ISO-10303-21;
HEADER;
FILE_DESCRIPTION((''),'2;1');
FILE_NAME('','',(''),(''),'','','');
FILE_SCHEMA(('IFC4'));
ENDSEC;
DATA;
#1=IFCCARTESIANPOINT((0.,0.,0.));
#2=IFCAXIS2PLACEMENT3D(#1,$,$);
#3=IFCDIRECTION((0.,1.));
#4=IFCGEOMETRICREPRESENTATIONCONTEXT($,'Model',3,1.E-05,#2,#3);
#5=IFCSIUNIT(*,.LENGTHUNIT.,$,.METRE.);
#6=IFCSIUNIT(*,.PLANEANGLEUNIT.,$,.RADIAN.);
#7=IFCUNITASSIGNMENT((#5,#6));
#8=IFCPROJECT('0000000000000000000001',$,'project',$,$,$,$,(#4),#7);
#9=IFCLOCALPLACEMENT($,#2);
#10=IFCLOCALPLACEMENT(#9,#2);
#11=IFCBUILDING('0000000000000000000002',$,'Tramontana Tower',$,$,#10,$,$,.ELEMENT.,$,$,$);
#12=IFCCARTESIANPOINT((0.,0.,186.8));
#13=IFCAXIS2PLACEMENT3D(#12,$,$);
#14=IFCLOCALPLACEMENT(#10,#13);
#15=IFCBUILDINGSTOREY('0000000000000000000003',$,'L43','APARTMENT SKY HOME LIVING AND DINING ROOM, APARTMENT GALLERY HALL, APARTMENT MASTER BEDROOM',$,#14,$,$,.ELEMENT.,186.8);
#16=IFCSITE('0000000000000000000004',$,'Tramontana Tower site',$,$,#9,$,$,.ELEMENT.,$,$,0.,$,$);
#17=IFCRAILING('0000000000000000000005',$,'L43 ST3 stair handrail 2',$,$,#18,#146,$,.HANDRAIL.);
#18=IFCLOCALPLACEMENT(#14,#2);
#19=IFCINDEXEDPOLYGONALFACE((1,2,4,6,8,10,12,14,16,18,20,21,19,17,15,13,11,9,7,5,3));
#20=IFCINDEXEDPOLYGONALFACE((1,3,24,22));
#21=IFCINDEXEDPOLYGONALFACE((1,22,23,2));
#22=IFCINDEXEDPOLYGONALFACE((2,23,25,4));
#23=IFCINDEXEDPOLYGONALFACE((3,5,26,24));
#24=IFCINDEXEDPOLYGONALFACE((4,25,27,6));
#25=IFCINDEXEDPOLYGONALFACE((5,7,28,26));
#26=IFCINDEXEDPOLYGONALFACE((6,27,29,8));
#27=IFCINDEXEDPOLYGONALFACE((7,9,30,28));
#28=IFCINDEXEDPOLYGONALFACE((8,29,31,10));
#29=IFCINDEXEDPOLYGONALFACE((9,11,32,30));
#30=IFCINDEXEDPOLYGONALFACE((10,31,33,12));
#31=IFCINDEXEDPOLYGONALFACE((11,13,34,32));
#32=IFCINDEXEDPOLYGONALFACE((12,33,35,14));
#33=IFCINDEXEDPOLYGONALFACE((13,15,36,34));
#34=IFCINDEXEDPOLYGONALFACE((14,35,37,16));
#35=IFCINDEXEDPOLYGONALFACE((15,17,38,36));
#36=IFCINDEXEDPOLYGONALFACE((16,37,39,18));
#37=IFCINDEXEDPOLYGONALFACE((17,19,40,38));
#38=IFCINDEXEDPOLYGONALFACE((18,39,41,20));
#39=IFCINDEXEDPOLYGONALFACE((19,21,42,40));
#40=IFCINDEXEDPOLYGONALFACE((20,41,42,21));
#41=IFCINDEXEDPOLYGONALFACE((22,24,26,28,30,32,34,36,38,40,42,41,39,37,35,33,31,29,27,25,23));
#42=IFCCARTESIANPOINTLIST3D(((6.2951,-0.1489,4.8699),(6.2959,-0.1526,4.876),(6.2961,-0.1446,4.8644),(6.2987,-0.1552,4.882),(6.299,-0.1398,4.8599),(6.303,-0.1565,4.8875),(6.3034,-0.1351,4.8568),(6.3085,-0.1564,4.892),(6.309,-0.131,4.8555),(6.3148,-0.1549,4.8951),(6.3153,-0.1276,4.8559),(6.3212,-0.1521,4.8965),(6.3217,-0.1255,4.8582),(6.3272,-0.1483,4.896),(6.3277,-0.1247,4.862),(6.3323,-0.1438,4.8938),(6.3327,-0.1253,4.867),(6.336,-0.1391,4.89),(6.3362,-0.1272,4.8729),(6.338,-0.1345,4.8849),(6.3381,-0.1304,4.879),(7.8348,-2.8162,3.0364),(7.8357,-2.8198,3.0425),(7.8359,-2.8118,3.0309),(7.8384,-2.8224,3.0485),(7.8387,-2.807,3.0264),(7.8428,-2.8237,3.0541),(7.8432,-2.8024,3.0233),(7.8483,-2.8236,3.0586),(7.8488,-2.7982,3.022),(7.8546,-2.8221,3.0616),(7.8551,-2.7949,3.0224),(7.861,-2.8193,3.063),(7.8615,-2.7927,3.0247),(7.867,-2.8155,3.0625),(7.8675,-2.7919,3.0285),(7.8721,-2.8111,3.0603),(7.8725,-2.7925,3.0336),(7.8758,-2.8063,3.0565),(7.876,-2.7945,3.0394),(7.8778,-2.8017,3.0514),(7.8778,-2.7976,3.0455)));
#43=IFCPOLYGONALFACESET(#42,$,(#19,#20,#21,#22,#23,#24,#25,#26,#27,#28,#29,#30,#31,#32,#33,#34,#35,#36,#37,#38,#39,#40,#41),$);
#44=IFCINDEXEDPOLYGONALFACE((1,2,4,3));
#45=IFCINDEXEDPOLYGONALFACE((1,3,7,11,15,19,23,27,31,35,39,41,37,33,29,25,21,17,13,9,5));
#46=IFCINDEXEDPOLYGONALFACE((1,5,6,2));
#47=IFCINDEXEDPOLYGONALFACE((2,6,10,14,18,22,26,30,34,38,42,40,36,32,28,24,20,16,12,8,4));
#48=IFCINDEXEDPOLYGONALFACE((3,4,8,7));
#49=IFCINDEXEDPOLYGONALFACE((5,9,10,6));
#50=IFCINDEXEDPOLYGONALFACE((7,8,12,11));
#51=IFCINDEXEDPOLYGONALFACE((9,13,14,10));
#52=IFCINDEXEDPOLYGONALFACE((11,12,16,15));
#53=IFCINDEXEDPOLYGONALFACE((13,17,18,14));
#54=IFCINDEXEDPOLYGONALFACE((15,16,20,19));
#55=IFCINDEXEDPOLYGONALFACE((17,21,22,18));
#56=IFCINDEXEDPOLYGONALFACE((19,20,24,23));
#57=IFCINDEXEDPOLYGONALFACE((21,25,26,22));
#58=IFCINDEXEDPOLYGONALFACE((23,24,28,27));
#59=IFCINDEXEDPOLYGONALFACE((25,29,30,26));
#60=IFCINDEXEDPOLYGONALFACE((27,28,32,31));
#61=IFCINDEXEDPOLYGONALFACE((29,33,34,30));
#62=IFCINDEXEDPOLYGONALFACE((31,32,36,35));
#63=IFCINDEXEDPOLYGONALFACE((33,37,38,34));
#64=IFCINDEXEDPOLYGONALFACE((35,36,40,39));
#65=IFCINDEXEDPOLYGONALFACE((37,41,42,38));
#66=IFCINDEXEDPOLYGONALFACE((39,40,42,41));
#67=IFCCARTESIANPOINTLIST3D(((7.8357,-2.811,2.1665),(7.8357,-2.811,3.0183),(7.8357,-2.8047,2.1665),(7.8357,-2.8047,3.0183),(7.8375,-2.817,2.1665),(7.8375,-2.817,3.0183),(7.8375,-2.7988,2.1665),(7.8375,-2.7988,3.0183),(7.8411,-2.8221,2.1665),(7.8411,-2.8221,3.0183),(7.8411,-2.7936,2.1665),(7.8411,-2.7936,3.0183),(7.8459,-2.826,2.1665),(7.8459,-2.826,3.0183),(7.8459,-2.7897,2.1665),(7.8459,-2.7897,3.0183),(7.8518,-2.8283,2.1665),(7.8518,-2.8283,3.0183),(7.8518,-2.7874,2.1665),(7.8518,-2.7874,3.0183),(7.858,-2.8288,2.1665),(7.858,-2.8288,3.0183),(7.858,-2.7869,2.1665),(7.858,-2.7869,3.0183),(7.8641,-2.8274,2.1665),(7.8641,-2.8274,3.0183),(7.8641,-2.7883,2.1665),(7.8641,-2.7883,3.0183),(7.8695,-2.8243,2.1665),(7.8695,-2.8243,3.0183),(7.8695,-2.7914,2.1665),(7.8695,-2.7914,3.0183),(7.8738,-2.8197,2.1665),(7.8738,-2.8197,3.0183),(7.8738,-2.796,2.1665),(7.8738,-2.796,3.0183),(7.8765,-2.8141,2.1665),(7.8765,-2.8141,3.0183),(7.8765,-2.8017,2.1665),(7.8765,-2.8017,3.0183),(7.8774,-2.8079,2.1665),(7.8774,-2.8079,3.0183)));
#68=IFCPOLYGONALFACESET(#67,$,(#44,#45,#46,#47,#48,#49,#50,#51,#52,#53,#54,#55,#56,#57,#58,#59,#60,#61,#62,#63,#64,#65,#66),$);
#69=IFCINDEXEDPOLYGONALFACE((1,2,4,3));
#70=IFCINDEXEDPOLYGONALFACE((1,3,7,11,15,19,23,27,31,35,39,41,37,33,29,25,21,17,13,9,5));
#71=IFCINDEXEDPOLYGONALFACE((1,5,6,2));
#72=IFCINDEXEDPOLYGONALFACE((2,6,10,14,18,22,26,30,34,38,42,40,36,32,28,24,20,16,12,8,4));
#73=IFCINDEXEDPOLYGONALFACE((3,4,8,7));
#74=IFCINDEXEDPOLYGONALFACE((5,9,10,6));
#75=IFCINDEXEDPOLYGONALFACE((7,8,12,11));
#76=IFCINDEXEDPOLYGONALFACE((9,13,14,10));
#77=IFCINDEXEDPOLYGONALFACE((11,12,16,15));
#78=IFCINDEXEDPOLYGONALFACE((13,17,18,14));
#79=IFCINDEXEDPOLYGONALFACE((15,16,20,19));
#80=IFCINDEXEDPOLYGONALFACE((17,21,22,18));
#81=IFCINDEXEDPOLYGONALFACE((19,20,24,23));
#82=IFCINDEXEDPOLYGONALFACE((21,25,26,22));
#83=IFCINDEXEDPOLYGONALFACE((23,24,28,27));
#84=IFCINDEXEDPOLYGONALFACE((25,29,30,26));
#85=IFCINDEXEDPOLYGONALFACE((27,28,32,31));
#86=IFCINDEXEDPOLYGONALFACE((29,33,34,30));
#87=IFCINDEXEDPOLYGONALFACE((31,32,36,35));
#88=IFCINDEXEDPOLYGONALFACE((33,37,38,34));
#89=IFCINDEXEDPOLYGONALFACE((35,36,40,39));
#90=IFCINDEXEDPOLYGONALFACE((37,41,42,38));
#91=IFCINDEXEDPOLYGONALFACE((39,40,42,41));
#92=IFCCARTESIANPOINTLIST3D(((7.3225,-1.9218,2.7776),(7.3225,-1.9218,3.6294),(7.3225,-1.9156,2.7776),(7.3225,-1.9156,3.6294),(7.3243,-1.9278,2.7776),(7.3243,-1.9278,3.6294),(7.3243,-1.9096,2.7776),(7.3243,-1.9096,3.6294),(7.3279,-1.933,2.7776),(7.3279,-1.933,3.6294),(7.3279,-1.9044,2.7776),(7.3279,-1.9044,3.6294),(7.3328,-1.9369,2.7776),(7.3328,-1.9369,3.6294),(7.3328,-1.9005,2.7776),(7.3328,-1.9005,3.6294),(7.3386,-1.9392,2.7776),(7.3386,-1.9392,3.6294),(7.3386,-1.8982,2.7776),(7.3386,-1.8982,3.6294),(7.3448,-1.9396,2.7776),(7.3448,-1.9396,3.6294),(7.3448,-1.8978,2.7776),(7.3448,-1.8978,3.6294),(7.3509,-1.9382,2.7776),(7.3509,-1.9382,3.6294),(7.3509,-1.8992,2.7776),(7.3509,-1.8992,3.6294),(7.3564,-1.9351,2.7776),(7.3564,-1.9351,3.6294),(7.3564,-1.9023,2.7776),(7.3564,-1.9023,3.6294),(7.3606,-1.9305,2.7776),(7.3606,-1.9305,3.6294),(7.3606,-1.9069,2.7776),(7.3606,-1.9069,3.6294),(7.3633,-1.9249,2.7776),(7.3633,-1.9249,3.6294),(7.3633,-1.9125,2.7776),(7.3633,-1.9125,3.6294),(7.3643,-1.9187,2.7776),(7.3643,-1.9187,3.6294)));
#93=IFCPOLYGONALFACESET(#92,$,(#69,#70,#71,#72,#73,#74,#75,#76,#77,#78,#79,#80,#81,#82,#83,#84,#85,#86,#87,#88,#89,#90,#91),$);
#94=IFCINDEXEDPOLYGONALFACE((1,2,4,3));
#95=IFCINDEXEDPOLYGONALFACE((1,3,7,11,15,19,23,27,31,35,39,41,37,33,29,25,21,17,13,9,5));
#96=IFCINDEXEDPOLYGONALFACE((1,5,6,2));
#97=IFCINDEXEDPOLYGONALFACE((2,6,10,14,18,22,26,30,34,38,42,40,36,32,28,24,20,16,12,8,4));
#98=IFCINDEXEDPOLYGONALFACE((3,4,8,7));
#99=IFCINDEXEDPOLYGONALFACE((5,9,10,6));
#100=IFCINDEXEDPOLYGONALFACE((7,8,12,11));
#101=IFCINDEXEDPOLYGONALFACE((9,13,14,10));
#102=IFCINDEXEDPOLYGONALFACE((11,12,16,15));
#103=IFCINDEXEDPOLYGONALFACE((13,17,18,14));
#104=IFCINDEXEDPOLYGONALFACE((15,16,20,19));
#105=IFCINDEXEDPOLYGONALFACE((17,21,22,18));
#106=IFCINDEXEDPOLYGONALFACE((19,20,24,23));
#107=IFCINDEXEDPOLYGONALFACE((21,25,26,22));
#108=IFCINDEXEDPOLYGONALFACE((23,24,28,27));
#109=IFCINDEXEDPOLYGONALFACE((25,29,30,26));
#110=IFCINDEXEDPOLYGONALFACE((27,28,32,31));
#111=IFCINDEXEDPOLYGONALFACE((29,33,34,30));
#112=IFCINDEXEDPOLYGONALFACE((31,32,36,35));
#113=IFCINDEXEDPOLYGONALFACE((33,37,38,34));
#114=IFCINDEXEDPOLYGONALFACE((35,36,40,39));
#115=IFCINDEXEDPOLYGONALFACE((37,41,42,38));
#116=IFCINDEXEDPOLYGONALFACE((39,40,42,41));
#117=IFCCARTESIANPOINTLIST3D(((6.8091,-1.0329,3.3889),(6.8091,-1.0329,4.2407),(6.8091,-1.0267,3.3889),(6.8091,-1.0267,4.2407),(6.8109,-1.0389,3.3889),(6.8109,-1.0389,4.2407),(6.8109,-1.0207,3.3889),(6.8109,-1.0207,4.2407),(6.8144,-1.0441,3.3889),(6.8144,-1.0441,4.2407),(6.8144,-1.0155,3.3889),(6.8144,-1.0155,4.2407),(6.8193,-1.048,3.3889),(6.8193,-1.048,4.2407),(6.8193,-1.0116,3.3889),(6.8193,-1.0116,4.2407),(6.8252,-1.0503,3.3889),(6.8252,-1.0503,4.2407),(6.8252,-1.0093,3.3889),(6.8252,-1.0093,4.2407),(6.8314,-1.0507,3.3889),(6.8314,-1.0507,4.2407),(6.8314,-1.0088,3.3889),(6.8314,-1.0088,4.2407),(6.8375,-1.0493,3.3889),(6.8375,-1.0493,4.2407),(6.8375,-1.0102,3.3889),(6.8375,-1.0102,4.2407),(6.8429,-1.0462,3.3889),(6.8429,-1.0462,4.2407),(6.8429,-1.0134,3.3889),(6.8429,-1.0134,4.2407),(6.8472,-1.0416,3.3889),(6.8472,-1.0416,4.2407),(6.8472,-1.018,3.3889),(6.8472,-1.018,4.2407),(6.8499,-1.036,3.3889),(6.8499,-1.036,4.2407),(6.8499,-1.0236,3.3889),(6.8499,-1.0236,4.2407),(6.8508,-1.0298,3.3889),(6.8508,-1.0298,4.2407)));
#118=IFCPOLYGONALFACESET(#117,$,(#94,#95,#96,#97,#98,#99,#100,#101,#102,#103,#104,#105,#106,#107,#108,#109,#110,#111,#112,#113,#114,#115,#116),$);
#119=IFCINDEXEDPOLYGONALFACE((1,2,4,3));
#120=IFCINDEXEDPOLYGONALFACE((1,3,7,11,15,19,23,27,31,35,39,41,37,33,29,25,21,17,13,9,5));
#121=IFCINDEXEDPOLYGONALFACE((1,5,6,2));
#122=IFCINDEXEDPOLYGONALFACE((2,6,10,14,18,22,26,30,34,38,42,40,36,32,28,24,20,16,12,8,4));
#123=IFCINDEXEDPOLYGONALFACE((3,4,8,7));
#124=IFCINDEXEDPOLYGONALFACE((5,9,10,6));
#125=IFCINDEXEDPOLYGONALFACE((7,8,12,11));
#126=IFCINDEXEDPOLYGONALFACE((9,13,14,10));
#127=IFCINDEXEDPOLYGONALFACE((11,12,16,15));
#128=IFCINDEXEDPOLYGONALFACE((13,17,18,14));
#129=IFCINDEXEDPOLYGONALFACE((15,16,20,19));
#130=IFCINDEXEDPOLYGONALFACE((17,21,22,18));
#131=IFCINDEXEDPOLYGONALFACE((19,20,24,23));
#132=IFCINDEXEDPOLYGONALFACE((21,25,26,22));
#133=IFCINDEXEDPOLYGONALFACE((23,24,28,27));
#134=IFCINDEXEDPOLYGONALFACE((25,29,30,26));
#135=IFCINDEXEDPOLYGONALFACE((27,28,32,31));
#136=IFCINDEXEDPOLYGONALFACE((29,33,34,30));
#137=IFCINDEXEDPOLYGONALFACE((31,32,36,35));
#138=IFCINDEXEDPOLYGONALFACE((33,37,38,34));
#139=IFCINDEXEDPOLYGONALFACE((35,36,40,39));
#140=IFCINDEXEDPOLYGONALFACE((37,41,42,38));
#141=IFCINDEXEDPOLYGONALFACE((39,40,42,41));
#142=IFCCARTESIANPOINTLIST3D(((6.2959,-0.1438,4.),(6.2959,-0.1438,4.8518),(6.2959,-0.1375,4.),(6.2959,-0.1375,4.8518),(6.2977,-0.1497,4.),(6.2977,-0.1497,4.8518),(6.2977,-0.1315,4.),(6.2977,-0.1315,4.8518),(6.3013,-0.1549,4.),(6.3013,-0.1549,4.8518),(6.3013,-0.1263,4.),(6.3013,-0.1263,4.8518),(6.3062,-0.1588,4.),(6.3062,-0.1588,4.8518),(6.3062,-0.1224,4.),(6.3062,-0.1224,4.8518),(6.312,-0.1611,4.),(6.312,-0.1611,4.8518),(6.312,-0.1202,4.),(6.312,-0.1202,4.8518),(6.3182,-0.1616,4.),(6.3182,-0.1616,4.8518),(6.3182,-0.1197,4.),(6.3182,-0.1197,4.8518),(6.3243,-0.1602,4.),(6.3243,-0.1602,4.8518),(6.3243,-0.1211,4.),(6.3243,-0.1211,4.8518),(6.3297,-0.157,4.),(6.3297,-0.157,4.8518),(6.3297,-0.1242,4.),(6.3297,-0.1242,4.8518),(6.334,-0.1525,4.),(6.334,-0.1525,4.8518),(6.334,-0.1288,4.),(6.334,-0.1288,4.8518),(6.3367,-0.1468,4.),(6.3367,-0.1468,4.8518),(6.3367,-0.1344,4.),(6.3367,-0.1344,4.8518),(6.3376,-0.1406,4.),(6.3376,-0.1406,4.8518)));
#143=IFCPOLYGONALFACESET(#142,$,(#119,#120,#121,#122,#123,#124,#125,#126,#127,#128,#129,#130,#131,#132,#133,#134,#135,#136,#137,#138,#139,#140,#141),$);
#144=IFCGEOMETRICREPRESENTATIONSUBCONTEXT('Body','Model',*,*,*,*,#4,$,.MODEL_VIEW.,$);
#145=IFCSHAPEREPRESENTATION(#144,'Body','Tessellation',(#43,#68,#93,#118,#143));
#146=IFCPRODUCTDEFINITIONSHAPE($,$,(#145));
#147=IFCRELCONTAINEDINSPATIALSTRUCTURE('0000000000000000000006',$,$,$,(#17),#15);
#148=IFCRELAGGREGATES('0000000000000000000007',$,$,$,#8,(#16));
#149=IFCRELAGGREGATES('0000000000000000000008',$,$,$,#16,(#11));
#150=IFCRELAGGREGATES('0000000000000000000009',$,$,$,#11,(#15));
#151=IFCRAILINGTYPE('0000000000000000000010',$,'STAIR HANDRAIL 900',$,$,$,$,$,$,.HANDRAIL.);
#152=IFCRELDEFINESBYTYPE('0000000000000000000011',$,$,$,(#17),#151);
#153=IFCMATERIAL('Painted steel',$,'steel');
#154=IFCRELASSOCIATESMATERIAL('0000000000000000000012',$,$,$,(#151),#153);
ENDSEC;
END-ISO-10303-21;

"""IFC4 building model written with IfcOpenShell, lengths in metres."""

from ifc_helpers import new_model, si_unit, direction, frame, origin, origin_2d, place, context, subcontext, project, spatial, circle, extrude, material, type_object, element, save


model = new_model("IFC4")

# Units and contexts
model_context = context("Model", 3, precision=1e-05, world=origin(), true_north=direction((0.0, 1.0)))
body_context = subcontext(model_context, "Body", "Model", "MODEL_VIEW")
ifc_project = project(units=[si_unit("LENGTHUNIT", "METRE"), si_unit("PLANEANGLEUNIT", "RADIAN")], contexts=[model_context])

# Site, building, storey
site_placement = place(None, origin())
site = spatial("IfcSite", under=ifc_project, at=site_placement, Name="Tramontana Tower site", CompositionType="ELEMENT", RefElevation=0.0)
building_placement = place(site_placement, origin())
building = spatial("IfcBuilding", under=site, at=building_placement, Name="Tramontana Tower", CompositionType="ELEMENT")
storey_placement = place(building_placement, frame((0.0, 0.0, 186.8)))
storey = spatial("IfcBuildingStorey", under=building, at=storey_placement, Name="L43", Description="APARTMENT SKY HOME LIVING AND DINING ROOM, APARTMENT GALLERY HALL, APARTMENT MASTER BEDROOM", CompositionType="ELEMENT", Elevation=186.8)

# Railing
ifc_material_1 = material(Name="Painted steel", Category="steel")
railing_type_1 = type_object("IfcRailingType", Name="STAIR HANDRAIL 900", PredefinedType="HANDRAIL", material=ifc_material_1)
railing_1_placement = place(storey_placement, frame((7.8564, -2.8079, 2.1665)))
element("IfcRailing", 1, at=railing_1_placement, inside=storey, type_object=railing_type_1, Name="L43 ST3 stair handrail 2", PredefinedType="HANDRAIL", context=body_context, shape_type="SweptSolid", body=[
    extrude(circle(Radius=0.0239, at=origin_2d()), frame((0.0, 0.0, 0.876), z_axis=(-0.429601, 0.744155, 0.511543), x_axis=(-0.866044, -0.499967, 0.0)), (0.0, 0.0, 1.0), 3.5842),
    extrude(circle(Radius=0.021, at=origin_2d()), origin(), (0.0, 0.0, 1.0), 0.8518),
    extrude(circle(Radius=0.021, at=origin_2d()), frame((-0.5132, 0.8892, 0.6111)), (0.0, 0.0, 1.0), 0.8518),
    extrude(circle(Radius=0.021, at=origin_2d()), frame((-1.0266, 1.7781, 1.2224)), (0.0, 0.0, 1.0), 0.8518),
    extrude(circle(Radius=0.021, at=origin_2d()), frame((-1.5398, 2.6672, 1.8335)), (0.0, 0.0, 1.0), 0.8518),
])

save(model, "model.ifc")
